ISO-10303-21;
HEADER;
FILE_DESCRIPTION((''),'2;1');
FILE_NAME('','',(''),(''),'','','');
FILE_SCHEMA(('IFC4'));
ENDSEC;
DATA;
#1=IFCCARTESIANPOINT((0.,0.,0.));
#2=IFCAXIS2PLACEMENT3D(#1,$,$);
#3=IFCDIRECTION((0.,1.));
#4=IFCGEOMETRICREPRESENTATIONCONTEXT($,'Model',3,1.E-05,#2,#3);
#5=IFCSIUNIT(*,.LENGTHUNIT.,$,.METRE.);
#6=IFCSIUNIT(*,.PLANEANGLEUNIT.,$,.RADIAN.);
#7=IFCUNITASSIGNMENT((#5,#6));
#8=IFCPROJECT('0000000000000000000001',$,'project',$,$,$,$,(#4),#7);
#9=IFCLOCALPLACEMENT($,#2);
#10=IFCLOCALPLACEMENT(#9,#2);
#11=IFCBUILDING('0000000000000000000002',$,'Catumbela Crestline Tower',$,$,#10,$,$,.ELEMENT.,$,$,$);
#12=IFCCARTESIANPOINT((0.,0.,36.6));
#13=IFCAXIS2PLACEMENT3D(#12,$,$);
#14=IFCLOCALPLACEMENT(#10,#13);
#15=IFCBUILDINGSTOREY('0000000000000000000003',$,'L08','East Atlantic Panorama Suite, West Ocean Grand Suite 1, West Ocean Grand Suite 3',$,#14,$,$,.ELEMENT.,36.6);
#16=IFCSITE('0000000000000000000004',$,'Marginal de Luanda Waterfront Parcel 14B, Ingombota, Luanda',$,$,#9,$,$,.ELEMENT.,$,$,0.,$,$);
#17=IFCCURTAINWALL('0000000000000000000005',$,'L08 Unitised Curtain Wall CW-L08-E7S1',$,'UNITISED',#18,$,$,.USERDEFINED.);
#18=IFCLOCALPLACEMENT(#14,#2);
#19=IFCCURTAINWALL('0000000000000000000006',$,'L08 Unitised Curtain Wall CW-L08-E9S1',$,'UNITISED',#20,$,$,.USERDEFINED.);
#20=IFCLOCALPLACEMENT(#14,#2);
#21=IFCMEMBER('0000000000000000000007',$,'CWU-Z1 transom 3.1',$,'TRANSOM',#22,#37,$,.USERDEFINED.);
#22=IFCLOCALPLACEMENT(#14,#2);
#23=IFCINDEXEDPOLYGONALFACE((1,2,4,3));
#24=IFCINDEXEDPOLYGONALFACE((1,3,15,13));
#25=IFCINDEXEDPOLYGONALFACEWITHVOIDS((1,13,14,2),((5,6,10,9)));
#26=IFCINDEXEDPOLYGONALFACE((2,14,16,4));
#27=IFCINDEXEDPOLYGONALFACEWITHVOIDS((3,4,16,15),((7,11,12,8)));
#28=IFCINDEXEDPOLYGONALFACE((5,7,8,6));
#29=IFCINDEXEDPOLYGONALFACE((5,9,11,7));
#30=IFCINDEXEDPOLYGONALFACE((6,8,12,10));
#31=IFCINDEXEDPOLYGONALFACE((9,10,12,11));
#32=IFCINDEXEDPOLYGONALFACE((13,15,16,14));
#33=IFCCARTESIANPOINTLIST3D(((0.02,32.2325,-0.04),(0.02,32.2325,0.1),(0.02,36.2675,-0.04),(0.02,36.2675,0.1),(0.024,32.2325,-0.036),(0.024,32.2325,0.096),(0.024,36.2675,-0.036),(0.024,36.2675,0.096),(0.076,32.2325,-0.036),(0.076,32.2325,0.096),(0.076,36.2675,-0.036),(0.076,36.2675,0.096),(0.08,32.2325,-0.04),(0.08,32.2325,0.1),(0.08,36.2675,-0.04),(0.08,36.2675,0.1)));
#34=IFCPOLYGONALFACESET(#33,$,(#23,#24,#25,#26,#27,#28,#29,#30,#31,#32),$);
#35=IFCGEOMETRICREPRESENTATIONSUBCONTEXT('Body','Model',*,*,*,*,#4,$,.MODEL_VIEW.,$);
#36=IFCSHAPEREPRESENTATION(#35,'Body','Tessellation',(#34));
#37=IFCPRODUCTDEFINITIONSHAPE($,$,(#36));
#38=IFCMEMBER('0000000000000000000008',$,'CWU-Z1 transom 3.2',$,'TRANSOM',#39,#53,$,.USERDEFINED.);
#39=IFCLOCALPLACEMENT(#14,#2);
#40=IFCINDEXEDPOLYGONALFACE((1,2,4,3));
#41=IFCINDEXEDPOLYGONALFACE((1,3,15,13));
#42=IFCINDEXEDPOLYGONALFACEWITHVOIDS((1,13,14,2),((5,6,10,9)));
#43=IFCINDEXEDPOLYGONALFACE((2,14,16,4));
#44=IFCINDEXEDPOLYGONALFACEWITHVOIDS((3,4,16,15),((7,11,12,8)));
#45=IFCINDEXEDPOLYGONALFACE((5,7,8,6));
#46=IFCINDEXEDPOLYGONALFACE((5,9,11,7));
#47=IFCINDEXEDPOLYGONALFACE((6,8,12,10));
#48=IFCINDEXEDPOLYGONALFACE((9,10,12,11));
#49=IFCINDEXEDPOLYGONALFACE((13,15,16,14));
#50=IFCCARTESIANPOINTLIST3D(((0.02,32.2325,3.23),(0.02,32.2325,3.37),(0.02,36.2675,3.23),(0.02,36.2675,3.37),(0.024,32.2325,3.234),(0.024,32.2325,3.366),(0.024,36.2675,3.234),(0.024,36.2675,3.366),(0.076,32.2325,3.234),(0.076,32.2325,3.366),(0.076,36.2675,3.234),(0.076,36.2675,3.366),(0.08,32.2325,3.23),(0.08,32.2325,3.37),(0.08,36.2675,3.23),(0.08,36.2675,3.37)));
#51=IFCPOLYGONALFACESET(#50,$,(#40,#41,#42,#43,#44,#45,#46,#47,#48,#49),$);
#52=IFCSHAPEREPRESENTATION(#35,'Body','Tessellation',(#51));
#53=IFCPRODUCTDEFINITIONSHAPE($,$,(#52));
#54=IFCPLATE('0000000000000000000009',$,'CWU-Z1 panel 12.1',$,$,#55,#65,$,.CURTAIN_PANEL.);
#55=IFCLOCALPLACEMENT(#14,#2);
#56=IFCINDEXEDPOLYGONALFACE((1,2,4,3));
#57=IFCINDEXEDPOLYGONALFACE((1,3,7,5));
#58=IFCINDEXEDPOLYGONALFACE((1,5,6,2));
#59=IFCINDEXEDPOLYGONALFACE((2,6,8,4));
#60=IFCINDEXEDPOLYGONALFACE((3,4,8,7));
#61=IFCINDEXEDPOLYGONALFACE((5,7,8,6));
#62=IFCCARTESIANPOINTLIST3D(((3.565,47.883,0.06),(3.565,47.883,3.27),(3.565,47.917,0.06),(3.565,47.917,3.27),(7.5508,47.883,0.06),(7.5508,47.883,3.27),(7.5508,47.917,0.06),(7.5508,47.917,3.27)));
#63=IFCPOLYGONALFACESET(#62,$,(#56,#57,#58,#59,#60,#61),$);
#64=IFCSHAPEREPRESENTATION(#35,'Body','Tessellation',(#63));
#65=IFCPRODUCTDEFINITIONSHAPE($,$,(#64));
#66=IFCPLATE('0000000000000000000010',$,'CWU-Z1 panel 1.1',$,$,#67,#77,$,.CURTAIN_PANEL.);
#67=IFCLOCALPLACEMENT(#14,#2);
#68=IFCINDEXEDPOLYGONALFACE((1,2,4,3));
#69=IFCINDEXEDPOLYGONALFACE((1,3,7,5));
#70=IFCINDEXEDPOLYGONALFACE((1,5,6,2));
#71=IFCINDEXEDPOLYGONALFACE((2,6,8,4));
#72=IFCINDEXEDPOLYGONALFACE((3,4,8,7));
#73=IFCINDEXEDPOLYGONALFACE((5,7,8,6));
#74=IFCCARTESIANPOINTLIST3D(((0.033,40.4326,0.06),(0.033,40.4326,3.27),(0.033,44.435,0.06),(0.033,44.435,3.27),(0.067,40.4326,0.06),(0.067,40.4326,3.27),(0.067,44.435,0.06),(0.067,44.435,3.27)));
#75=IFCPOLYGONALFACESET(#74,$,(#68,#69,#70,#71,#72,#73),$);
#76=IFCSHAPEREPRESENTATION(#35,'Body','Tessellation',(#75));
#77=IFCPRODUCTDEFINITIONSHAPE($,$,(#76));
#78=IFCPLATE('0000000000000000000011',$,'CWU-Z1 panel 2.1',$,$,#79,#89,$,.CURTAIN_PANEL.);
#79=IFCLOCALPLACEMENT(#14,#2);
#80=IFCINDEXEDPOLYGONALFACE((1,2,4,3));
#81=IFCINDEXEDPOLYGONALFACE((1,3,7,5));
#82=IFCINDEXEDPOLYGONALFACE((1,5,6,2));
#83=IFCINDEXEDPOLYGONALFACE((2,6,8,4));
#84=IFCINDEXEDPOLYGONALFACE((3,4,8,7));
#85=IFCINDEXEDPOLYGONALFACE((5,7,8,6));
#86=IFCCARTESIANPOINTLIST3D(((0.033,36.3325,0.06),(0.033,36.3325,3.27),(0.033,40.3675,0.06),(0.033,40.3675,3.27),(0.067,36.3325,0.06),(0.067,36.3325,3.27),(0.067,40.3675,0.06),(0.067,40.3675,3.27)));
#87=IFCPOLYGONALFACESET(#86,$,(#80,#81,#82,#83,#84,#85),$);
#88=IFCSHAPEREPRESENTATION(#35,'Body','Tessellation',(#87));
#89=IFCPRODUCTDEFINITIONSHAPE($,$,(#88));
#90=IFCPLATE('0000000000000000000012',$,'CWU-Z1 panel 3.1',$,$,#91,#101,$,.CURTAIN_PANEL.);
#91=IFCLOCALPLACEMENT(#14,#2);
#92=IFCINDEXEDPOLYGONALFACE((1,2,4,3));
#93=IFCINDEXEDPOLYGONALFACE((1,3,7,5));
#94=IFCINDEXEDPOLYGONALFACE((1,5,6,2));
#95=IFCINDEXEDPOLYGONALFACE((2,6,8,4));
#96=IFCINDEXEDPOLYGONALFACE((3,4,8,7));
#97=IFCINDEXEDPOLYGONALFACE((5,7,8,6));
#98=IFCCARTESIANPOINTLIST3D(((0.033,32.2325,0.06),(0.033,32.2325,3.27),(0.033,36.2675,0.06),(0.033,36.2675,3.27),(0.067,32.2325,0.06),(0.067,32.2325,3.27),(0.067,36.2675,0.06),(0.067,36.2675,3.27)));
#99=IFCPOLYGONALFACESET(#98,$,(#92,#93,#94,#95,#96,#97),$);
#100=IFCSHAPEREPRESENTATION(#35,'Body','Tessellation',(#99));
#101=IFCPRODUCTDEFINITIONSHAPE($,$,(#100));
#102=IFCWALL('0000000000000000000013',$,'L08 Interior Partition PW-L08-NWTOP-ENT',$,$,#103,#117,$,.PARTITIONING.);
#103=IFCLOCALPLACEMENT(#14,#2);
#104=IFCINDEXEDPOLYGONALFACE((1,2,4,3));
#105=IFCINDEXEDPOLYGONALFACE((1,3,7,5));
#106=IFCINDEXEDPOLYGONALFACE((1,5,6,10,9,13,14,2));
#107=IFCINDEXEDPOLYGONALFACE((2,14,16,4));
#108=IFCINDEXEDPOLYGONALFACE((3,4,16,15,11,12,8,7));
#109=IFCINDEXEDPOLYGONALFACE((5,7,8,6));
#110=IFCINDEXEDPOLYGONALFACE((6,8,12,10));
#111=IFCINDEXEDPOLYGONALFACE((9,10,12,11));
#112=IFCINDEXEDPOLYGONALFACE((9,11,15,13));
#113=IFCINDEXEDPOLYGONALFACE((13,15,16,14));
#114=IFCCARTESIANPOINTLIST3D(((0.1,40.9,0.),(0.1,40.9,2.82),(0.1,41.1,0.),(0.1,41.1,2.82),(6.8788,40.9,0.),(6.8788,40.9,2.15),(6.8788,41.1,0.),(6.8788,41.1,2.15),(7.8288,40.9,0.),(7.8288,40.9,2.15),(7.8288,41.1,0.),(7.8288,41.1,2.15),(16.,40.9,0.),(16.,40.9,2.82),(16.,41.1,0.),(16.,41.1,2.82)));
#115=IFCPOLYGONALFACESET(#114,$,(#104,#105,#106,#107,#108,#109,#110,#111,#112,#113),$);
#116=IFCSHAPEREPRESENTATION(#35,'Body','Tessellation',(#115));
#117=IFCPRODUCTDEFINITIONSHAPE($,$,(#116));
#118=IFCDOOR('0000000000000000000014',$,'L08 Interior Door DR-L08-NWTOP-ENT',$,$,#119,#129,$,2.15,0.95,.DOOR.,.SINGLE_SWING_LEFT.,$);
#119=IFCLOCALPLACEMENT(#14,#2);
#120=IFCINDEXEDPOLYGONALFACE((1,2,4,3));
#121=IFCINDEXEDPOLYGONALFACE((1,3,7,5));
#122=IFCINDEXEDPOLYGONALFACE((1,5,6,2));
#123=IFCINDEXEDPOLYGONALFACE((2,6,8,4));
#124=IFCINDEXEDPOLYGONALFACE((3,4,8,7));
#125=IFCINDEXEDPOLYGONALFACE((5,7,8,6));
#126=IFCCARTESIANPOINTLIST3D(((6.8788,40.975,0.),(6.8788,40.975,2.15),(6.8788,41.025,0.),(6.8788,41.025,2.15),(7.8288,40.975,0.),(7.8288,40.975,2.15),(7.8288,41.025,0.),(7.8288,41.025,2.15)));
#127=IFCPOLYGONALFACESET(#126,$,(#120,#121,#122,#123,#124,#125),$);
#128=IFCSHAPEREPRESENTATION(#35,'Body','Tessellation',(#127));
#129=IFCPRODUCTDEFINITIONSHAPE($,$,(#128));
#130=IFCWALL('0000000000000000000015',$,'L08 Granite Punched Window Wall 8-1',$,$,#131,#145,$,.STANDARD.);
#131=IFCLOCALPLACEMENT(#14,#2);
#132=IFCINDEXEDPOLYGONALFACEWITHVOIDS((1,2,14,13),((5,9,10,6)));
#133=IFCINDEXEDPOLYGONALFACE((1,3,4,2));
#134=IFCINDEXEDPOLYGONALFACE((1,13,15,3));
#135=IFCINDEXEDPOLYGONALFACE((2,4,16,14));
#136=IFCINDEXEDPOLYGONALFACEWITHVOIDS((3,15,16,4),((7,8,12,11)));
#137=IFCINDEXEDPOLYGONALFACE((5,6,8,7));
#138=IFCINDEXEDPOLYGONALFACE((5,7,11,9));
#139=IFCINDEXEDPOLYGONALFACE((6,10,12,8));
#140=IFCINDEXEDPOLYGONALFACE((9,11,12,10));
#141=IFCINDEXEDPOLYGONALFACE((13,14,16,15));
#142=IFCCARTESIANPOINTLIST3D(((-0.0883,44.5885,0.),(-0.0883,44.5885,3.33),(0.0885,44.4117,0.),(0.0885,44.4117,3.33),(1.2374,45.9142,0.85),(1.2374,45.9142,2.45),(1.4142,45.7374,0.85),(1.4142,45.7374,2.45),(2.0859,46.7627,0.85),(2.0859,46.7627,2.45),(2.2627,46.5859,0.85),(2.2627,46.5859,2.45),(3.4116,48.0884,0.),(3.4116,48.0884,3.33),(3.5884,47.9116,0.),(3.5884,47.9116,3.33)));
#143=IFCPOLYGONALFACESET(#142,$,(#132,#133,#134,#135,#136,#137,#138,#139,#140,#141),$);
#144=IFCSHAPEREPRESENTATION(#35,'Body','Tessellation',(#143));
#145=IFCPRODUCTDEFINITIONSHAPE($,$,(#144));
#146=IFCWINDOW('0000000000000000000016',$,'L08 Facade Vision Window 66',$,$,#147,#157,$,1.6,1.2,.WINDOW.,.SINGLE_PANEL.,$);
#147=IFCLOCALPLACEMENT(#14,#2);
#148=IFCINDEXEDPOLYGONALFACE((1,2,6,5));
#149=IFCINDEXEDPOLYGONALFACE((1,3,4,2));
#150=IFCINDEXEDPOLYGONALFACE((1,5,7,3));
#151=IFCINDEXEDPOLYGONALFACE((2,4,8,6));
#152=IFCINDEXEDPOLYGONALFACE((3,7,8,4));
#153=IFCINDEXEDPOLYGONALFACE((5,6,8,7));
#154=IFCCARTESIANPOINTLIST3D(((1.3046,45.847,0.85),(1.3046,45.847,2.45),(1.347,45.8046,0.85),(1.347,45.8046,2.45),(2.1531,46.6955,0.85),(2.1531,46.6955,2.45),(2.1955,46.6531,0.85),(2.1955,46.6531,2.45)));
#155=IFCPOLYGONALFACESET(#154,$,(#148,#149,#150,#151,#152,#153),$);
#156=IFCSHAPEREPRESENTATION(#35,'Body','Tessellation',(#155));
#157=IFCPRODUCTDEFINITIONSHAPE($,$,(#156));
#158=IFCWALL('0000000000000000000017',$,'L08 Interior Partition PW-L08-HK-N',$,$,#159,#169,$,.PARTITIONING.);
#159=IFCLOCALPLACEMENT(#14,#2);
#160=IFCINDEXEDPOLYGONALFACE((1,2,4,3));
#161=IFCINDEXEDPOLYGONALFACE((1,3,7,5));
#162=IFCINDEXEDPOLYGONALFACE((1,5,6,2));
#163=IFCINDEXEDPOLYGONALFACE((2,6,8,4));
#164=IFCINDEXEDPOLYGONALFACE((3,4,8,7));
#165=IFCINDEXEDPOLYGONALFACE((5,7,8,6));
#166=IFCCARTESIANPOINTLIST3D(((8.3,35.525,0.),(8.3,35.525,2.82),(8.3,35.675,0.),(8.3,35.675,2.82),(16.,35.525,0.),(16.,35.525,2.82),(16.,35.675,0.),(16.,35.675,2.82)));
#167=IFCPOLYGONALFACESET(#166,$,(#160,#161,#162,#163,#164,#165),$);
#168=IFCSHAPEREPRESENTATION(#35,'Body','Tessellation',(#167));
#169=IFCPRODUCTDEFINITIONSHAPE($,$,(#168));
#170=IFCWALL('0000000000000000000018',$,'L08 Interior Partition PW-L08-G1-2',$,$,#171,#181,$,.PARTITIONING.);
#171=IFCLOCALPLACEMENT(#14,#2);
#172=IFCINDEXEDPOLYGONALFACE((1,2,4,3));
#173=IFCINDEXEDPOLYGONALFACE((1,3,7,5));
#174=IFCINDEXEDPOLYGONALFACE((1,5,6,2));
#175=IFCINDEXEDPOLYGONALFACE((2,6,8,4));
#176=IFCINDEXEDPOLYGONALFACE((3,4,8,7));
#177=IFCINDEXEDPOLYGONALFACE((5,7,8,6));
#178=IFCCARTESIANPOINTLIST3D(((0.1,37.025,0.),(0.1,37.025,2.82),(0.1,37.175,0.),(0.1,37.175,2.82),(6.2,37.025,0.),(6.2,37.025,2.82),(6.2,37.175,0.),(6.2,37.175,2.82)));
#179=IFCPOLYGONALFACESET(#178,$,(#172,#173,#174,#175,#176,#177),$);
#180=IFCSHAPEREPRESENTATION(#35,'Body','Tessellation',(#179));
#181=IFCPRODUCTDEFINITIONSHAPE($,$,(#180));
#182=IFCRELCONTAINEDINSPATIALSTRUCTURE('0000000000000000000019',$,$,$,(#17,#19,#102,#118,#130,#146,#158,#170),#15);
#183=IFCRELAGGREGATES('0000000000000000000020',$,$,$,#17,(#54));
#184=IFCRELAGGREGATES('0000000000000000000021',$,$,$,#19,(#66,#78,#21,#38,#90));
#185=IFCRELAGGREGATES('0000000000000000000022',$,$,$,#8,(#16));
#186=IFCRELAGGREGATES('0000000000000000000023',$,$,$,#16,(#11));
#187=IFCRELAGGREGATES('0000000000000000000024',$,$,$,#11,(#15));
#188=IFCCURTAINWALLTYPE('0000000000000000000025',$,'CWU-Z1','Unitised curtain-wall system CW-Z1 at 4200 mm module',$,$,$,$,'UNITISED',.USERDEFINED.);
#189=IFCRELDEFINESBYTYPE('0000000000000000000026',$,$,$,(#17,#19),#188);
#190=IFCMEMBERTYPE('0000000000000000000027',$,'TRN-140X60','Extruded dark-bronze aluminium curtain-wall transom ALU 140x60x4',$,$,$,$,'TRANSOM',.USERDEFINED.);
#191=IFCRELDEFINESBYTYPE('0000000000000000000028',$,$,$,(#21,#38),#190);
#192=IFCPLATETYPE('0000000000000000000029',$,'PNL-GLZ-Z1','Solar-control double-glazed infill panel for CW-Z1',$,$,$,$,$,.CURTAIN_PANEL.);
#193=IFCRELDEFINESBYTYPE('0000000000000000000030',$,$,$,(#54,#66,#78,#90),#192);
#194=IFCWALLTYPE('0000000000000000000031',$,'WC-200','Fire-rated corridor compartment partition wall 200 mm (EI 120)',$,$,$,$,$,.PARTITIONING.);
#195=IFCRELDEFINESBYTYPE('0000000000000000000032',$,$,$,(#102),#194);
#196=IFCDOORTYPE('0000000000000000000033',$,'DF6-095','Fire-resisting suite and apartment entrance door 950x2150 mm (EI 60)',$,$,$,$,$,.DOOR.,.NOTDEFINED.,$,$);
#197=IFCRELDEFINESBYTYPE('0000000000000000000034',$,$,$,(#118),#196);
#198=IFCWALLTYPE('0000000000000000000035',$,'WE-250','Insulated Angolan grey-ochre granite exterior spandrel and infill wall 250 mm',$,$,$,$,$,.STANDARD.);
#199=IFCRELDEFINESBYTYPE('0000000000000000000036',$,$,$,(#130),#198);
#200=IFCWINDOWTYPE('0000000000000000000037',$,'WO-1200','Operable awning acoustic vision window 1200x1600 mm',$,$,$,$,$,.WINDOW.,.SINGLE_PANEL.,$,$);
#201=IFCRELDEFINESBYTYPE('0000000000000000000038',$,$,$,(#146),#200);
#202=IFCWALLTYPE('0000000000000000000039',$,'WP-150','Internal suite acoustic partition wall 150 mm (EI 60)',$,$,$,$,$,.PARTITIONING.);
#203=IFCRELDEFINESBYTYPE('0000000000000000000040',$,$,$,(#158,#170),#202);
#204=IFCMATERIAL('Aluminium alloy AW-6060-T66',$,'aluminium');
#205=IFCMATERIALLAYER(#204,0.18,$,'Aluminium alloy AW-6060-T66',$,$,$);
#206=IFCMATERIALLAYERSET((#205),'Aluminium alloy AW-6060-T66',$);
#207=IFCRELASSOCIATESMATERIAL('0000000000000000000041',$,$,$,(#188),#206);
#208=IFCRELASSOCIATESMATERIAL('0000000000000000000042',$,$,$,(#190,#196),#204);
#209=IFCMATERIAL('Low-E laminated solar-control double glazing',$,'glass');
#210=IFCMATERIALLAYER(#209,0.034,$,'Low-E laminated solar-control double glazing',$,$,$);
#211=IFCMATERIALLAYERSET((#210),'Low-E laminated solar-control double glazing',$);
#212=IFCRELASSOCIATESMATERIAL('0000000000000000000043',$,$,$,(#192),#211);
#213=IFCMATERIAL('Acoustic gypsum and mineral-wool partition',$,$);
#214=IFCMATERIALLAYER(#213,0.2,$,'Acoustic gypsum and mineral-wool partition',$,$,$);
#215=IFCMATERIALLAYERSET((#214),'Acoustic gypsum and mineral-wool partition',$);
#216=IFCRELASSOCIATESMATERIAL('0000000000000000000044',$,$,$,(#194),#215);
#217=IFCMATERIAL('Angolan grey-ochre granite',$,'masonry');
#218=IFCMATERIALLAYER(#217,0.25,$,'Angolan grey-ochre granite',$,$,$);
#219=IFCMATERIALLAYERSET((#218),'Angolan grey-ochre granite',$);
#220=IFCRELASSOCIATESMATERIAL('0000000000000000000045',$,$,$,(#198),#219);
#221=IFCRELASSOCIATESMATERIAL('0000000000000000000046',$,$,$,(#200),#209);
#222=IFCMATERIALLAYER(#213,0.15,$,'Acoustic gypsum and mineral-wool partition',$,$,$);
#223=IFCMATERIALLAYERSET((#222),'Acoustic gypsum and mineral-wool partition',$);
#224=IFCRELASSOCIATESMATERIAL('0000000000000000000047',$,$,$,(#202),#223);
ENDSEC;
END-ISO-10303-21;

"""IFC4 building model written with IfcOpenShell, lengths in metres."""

from ifc_helpers import new_model, si_unit, direction, frame, frame_2d, origin, origin_2d, place, context, subcontext, project, spatial, rectangle, hollow_rectangle, extrude, material, layer, layer_set, material_profile, profile_set, type_object, element, fill, aggregate, save


model = new_model("IFC4")

# Units and contexts
model_context = context("Model", 3, precision=1e-05, world=origin(), true_north=direction((0.0, 1.0)))
body_context = subcontext(model_context, "Body", "Model", "MODEL_VIEW")
ifc_project = project(units=[si_unit("LENGTHUNIT", "METRE"), si_unit("PLANEANGLEUNIT", "RADIAN")], contexts=[model_context])

# Site, building, storey
site_placement = place(None, origin())
site = spatial("IfcSite", under=ifc_project, at=site_placement, Name="Marginal de Luanda Waterfront Parcel 14B, Ingombota, Luanda", CompositionType="ELEMENT", RefElevation=0.0)
building_placement = place(site_placement, origin())
building = spatial("IfcBuilding", under=site, at=building_placement, Name="Catumbela Crestline Tower", CompositionType="ELEMENT")
storey_placement = place(building_placement, frame((0.0, 0.0, 36.6)))
storey = spatial("IfcBuildingStorey", under=building, at=storey_placement, Name="L08", Description="East Atlantic Panorama Suite, West Ocean Grand Suite 1, West Ocean Grand Suite 3", CompositionType="ELEMENT", Elevation=36.6)

# Curtain walls
ifc_material_1 = material(Name="Aluminium alloy AW-6060-T66", Category="aluminium")
ifc_layer_1 = layer(ifc_material_1, 0.18, Name="Aluminium alloy AW-6060-T66")
ifc_layer_set_1 = layer_set([ifc_layer_1], Name="Aluminium alloy AW-6060-T66")
curtain_wall_type = type_object("IfcCurtainWallType", Name="CWU-Z1", Description="Unitised curtain-wall system CW-Z1 at 4200 mm module", ElementType="UNITISED", PredefinedType="USERDEFINED", material=ifc_layer_set_1)
curtain_wall_1_placement = place(storey_placement, origin())
curtain_wall_1 = element("IfcCurtainWall", 1, at=curtain_wall_1_placement, inside=storey, type_object=curtain_wall_type, Name="L08 Unitised Curtain Wall CW-L08-E7S1", ObjectType="UNITISED", PredefinedType="USERDEFINED")
curtain_wall_2_placement = place(storey_placement, origin())
curtain_wall_2 = element("IfcCurtainWall", 2, at=curtain_wall_2_placement, inside=storey, type_object=curtain_wall_type, Name="L08 Unitised Curtain Wall CW-L08-E9S1", ObjectType="UNITISED", PredefinedType="USERDEFINED")

# Members
ifc_material_profile_1 = material_profile(ifc_material_1, hollow_rectangle(XDim=0.06, YDim=0.14, WallThickness=0.004, at=origin_2d()), Name="ALU 140x60x4")
ifc_profile_set_1 = profile_set([ifc_material_profile_1], Name="Aluminium alloy AW-6060-T66")
member_type_1 = type_object("IfcMemberType", Name="TRN-140X60", Description="Extruded dark-bronze aluminium curtain-wall transom ALU 140x60x4", ElementType="TRANSOM", PredefinedType="USERDEFINED", material=ifc_profile_set_1)
member_1_placement = place(storey_placement, frame((0.05, 36.2675, 0.03), z_axis=(0.0, -1.0, 0.0), x_axis=(1.0, 0.0, 0.0)))
member_1 = element("IfcMember", 3, at=member_1_placement, type_object=member_type_1, Name="CWU-Z1 transom 3.1", ObjectType="TRANSOM", PredefinedType="USERDEFINED", context=body_context, shape_type="SweptSolid", body=[
    extrude(hollow_rectangle(XDim=0.06, YDim=0.14, WallThickness=0.004, at=origin_2d()), origin(), (0.0, 0.0, 1.0), 4.035),
])
member_2_placement = place(storey_placement, frame((0.05, 36.2675, 3.3), z_axis=(0.0, -1.0, 0.0), x_axis=(1.0, 0.0, 0.0)))
member_2 = element("IfcMember", 4, at=member_2_placement, type_object=member_type_1, Name="CWU-Z1 transom 3.2", ObjectType="TRANSOM", PredefinedType="USERDEFINED", context=body_context, shape_type="SweptSolid", body=[
    extrude(hollow_rectangle(XDim=0.06, YDim=0.14, WallThickness=0.004, at=origin_2d()), origin(), (0.0, 0.0, 1.0), 4.035),
])

# Plates
ifc_material_2 = material(Name="Low-E laminated solar-control double glazing", Category="glass")
ifc_layer_2 = layer(ifc_material_2, 0.034, Name="Low-E laminated solar-control double glazing")
ifc_layer_set_2 = layer_set([ifc_layer_2], Name="Low-E laminated solar-control double glazing")
plate_type = type_object("IfcPlateType", Name="PNL-GLZ-Z1", Description="Solar-control double-glazed infill panel for CW-Z1", PredefinedType="CURTAIN_PANEL", material=ifc_layer_set_2)
plate_1_placement = place(storey_placement, frame((5.5579, 47.9, 0.06), z_axis=(0.0, 0.0, 1.0), x_axis=(-1.0, 0.0, 0.0)))
plate_1 = element("IfcPlate", 5, at=plate_1_placement, type_object=plate_type, Name="CWU-Z1 panel 12.1", PredefinedType="CURTAIN_PANEL", context=body_context, shape_type="SweptSolid", body=[
    extrude(rectangle(XDim=3.9858, YDim=0.034, at=origin_2d()), origin(), (0.0, 0.0, 1.0), 3.21),
])
aggregate(curtain_wall_1, [plate_1])
plate_2_placement = place(storey_placement, frame((0.05, 42.4338, 0.06), z_axis=(0.0, 0.0, 1.0), x_axis=(0.0, -1.0, 0.0)))
plate_2 = element("IfcPlate", 6, at=plate_2_placement, type_object=plate_type, Name="CWU-Z1 panel 1.1", PredefinedType="CURTAIN_PANEL", context=body_context, shape_type="SweptSolid", body=[
    extrude(rectangle(XDim=4.0025, YDim=0.034, at=origin_2d()), origin(), (0.0, 0.0, 1.0), 3.21),
])
plate_3_placement = place(storey_placement, frame((0.05, 38.35, 0.06), z_axis=(0.0, 0.0, 1.0), x_axis=(0.0, -1.0, 0.0)))
plate_3 = element("IfcPlate", 7, at=plate_3_placement, type_object=plate_type, Name="CWU-Z1 panel 2.1", PredefinedType="CURTAIN_PANEL", context=body_context, shape_type="SweptSolid", body=[
    extrude(rectangle(XDim=4.035, YDim=0.034, at=origin_2d()), origin(), (0.0, 0.0, 1.0), 3.21),
])
plate_4_placement = place(storey_placement, frame((0.05, 34.25, 0.06), z_axis=(0.0, 0.0, 1.0), x_axis=(0.0, -1.0, 0.0)))
plate_4 = element("IfcPlate", 8, at=plate_4_placement, type_object=plate_type, Name="CWU-Z1 panel 3.1", PredefinedType="CURTAIN_PANEL", context=body_context, shape_type="SweptSolid", body=[
    extrude(rectangle(XDim=4.035, YDim=0.034, at=origin_2d()), origin(), (0.0, 0.0, 1.0), 3.21),
])
aggregate(curtain_wall_2, [plate_2, plate_3, member_1, member_2, plate_4])

# Wall, opening, door
ifc_material_3 = material(Name="Acoustic gypsum and mineral-wool partition")
ifc_layer_3 = layer(ifc_material_3, 0.2, Name="Acoustic gypsum and mineral-wool partition")
ifc_layer_set_3 = layer_set([ifc_layer_3], Name="Acoustic gypsum and mineral-wool partition")
wall_type_1 = type_object("IfcWallType", Name="WC-200", Description="Fire-rated corridor compartment partition wall 200 mm (EI 120)", PredefinedType="PARTITIONING", material=ifc_layer_set_3)
wall_1_placement = place(storey_placement, frame((0.1, 41.0, 0.0), z_axis=(0.0, 0.0, 1.0), x_axis=(1.0, 0.0, 0.0)))
wall_1 = element("IfcWall", 9, at=wall_1_placement, inside=storey, type_object=wall_type_1, Name="L08 Interior Partition PW-L08-NWTOP-ENT", PredefinedType="PARTITIONING", context=body_context, shape_type="SweptSolid", body=[
    extrude(rectangle(XDim=15.9, YDim=0.2, at=frame_2d((7.95, 0.0))), origin(), (0.0, 0.0, 1.0), 2.82),
])
opening_1_placement = place(wall_1_placement, frame((6.7788, 0.0, 0.0)))
opening_1 = element("IfcOpeningElement", 10, at=opening_1_placement, cuts=wall_1, PredefinedType="OPENING", context=body_context, shape_type="SweptSolid", body=[
    extrude(rectangle(XDim=0.95, YDim=2.15, at=frame_2d((0.475, 1.075))), frame((0.0, 0.11, 0.0), z_axis=(0.0, -1.0, 0.0), x_axis=(1.0, 0.0, 0.0)), (0.0, 0.0, 1.0), 0.22),
])
door_type = type_object("IfcDoorType", Name="DF6-095", Description="Fire-resisting suite and apartment entrance door 950x2150 mm (EI 60)", OperationType="NOTDEFINED", PredefinedType="DOOR", material=ifc_material_1)
door_placement = place(opening_1_placement, origin())
door = element("IfcDoor", 11, at=door_placement, inside=storey, type_object=door_type, Name="L08 Interior Door DR-L08-NWTOP-ENT", OperationType="SINGLE_SWING_LEFT", OverallHeight=2.15, OverallWidth=0.95, PredefinedType="DOOR", context=body_context, shape_type="SweptSolid", body=[
    extrude(rectangle(XDim=0.95, YDim=2.15, at=frame_2d((0.475, 1.075))), frame((0.0, 0.025, 0.0), z_axis=(0.0, -1.0, 0.0), x_axis=(1.0, 0.0, 0.0)), (0.0, 0.0, 1.0), 0.05),
])
fill(opening_1, door)

# Wall, opening, window
ifc_material_4 = material(Name="Angolan grey-ochre granite", Category="masonry")
ifc_layer_4 = layer(ifc_material_4, 0.25, Name="Angolan grey-ochre granite")
ifc_layer_set_4 = layer_set([ifc_layer_4], Name="Angolan grey-ochre granite")
wall_type_2 = type_object("IfcWallType", Name="WE-250", Description="Insulated Angolan grey-ochre granite exterior spandrel and infill wall 250 mm", PredefinedType="STANDARD", material=ifc_layer_set_4)
wall_2_placement = place(storey_placement, frame((3.5, 48.0, 0.0), z_axis=(0.0, 0.0, 1.0), x_axis=(-0.707107, -0.707107, 0.0)))
wall_2 = element("IfcWall", 12, at=wall_2_placement, inside=storey, type_object=wall_type_2, Name="L08 Granite Punched Window Wall 8-1", PredefinedType="STANDARD", context=body_context, shape_type="SweptSolid", body=[
    extrude(rectangle(XDim=4.9497, YDim=0.25, at=frame_2d((2.4748, 0.0))), origin(), (0.0, 0.0, 1.0), 3.33),
])
opening_2_placement = place(wall_2_placement, frame((1.8748, 0.0, 0.85)))
opening_2 = element("IfcOpeningElement", 13, at=opening_2_placement, cuts=wall_2, PredefinedType="OPENING", context=body_context, shape_type="SweptSolid", body=[
    extrude(rectangle(XDim=1.2, YDim=1.6, at=frame_2d((0.6, 0.8))), frame((0.0, 0.135, 0.0), z_axis=(0.0, -1.0, 0.0), x_axis=(1.0, 0.0, 0.0)), (0.0, 0.0, 1.0), 0.27),
])
window_type = type_object("IfcWindowType", Name="WO-1200", Description="Operable awning acoustic vision window 1200x1600 mm", PartitioningType="SINGLE_PANEL", PredefinedType="WINDOW", material=ifc_material_2)
window_placement = place(opening_2_placement, origin())
window = element("IfcWindow", 14, at=window_placement, inside=storey, type_object=window_type, Name="L08 Facade Vision Window 66", OverallHeight=1.6, OverallWidth=1.2, PartitioningType="SINGLE_PANEL", PredefinedType="WINDOW", context=body_context, shape_type="SweptSolid", body=[
    extrude(rectangle(XDim=1.2, YDim=1.6, at=frame_2d((0.6, 0.8))), frame((0.0, 0.03, 0.0), z_axis=(0.0, -1.0, 0.0), x_axis=(1.0, 0.0, 0.0)), (0.0, 0.0, 1.0), 0.06),
])
fill(opening_2, window)

# Walls
ifc_layer_5 = layer(ifc_material_3, 0.15, Name="Acoustic gypsum and mineral-wool partition")
ifc_layer_set_5 = layer_set([ifc_layer_5], Name="Acoustic gypsum and mineral-wool partition")
wall_type_3 = type_object("IfcWallType", Name="WP-150", Description="Internal suite acoustic partition wall 150 mm (EI 60)", PredefinedType="PARTITIONING", material=ifc_layer_set_5)
wall_3_placement = place(storey_placement, frame((8.3, 35.6, 0.0), z_axis=(0.0, 0.0, 1.0), x_axis=(1.0, 0.0, 0.0)))
element("IfcWall", 15, at=wall_3_placement, inside=storey, type_object=wall_type_3, Name="L08 Interior Partition PW-L08-HK-N", PredefinedType="PARTITIONING", context=body_context, shape_type="SweptSolid", body=[
    extrude(rectangle(XDim=7.7, YDim=0.15, at=frame_2d((3.85, 0.0))), origin(), (0.0, 0.0, 1.0), 2.82),
])
wall_4_placement = place(storey_placement, frame((0.1, 37.1, 0.0), z_axis=(0.0, 0.0, 1.0), x_axis=(1.0, 0.0, 0.0)))
element("IfcWall", 16, at=wall_4_placement, inside=storey, type_object=wall_type_3, Name="L08 Interior Partition PW-L08-G1-2", PredefinedType="PARTITIONING", context=body_context, shape_type="SweptSolid", body=[
    extrude(rectangle(XDim=6.1, YDim=0.15, at=frame_2d((3.05, 0.0))), origin(), (0.0, 0.0, 1.0), 2.82),
])

save(model, "model.ifc")
